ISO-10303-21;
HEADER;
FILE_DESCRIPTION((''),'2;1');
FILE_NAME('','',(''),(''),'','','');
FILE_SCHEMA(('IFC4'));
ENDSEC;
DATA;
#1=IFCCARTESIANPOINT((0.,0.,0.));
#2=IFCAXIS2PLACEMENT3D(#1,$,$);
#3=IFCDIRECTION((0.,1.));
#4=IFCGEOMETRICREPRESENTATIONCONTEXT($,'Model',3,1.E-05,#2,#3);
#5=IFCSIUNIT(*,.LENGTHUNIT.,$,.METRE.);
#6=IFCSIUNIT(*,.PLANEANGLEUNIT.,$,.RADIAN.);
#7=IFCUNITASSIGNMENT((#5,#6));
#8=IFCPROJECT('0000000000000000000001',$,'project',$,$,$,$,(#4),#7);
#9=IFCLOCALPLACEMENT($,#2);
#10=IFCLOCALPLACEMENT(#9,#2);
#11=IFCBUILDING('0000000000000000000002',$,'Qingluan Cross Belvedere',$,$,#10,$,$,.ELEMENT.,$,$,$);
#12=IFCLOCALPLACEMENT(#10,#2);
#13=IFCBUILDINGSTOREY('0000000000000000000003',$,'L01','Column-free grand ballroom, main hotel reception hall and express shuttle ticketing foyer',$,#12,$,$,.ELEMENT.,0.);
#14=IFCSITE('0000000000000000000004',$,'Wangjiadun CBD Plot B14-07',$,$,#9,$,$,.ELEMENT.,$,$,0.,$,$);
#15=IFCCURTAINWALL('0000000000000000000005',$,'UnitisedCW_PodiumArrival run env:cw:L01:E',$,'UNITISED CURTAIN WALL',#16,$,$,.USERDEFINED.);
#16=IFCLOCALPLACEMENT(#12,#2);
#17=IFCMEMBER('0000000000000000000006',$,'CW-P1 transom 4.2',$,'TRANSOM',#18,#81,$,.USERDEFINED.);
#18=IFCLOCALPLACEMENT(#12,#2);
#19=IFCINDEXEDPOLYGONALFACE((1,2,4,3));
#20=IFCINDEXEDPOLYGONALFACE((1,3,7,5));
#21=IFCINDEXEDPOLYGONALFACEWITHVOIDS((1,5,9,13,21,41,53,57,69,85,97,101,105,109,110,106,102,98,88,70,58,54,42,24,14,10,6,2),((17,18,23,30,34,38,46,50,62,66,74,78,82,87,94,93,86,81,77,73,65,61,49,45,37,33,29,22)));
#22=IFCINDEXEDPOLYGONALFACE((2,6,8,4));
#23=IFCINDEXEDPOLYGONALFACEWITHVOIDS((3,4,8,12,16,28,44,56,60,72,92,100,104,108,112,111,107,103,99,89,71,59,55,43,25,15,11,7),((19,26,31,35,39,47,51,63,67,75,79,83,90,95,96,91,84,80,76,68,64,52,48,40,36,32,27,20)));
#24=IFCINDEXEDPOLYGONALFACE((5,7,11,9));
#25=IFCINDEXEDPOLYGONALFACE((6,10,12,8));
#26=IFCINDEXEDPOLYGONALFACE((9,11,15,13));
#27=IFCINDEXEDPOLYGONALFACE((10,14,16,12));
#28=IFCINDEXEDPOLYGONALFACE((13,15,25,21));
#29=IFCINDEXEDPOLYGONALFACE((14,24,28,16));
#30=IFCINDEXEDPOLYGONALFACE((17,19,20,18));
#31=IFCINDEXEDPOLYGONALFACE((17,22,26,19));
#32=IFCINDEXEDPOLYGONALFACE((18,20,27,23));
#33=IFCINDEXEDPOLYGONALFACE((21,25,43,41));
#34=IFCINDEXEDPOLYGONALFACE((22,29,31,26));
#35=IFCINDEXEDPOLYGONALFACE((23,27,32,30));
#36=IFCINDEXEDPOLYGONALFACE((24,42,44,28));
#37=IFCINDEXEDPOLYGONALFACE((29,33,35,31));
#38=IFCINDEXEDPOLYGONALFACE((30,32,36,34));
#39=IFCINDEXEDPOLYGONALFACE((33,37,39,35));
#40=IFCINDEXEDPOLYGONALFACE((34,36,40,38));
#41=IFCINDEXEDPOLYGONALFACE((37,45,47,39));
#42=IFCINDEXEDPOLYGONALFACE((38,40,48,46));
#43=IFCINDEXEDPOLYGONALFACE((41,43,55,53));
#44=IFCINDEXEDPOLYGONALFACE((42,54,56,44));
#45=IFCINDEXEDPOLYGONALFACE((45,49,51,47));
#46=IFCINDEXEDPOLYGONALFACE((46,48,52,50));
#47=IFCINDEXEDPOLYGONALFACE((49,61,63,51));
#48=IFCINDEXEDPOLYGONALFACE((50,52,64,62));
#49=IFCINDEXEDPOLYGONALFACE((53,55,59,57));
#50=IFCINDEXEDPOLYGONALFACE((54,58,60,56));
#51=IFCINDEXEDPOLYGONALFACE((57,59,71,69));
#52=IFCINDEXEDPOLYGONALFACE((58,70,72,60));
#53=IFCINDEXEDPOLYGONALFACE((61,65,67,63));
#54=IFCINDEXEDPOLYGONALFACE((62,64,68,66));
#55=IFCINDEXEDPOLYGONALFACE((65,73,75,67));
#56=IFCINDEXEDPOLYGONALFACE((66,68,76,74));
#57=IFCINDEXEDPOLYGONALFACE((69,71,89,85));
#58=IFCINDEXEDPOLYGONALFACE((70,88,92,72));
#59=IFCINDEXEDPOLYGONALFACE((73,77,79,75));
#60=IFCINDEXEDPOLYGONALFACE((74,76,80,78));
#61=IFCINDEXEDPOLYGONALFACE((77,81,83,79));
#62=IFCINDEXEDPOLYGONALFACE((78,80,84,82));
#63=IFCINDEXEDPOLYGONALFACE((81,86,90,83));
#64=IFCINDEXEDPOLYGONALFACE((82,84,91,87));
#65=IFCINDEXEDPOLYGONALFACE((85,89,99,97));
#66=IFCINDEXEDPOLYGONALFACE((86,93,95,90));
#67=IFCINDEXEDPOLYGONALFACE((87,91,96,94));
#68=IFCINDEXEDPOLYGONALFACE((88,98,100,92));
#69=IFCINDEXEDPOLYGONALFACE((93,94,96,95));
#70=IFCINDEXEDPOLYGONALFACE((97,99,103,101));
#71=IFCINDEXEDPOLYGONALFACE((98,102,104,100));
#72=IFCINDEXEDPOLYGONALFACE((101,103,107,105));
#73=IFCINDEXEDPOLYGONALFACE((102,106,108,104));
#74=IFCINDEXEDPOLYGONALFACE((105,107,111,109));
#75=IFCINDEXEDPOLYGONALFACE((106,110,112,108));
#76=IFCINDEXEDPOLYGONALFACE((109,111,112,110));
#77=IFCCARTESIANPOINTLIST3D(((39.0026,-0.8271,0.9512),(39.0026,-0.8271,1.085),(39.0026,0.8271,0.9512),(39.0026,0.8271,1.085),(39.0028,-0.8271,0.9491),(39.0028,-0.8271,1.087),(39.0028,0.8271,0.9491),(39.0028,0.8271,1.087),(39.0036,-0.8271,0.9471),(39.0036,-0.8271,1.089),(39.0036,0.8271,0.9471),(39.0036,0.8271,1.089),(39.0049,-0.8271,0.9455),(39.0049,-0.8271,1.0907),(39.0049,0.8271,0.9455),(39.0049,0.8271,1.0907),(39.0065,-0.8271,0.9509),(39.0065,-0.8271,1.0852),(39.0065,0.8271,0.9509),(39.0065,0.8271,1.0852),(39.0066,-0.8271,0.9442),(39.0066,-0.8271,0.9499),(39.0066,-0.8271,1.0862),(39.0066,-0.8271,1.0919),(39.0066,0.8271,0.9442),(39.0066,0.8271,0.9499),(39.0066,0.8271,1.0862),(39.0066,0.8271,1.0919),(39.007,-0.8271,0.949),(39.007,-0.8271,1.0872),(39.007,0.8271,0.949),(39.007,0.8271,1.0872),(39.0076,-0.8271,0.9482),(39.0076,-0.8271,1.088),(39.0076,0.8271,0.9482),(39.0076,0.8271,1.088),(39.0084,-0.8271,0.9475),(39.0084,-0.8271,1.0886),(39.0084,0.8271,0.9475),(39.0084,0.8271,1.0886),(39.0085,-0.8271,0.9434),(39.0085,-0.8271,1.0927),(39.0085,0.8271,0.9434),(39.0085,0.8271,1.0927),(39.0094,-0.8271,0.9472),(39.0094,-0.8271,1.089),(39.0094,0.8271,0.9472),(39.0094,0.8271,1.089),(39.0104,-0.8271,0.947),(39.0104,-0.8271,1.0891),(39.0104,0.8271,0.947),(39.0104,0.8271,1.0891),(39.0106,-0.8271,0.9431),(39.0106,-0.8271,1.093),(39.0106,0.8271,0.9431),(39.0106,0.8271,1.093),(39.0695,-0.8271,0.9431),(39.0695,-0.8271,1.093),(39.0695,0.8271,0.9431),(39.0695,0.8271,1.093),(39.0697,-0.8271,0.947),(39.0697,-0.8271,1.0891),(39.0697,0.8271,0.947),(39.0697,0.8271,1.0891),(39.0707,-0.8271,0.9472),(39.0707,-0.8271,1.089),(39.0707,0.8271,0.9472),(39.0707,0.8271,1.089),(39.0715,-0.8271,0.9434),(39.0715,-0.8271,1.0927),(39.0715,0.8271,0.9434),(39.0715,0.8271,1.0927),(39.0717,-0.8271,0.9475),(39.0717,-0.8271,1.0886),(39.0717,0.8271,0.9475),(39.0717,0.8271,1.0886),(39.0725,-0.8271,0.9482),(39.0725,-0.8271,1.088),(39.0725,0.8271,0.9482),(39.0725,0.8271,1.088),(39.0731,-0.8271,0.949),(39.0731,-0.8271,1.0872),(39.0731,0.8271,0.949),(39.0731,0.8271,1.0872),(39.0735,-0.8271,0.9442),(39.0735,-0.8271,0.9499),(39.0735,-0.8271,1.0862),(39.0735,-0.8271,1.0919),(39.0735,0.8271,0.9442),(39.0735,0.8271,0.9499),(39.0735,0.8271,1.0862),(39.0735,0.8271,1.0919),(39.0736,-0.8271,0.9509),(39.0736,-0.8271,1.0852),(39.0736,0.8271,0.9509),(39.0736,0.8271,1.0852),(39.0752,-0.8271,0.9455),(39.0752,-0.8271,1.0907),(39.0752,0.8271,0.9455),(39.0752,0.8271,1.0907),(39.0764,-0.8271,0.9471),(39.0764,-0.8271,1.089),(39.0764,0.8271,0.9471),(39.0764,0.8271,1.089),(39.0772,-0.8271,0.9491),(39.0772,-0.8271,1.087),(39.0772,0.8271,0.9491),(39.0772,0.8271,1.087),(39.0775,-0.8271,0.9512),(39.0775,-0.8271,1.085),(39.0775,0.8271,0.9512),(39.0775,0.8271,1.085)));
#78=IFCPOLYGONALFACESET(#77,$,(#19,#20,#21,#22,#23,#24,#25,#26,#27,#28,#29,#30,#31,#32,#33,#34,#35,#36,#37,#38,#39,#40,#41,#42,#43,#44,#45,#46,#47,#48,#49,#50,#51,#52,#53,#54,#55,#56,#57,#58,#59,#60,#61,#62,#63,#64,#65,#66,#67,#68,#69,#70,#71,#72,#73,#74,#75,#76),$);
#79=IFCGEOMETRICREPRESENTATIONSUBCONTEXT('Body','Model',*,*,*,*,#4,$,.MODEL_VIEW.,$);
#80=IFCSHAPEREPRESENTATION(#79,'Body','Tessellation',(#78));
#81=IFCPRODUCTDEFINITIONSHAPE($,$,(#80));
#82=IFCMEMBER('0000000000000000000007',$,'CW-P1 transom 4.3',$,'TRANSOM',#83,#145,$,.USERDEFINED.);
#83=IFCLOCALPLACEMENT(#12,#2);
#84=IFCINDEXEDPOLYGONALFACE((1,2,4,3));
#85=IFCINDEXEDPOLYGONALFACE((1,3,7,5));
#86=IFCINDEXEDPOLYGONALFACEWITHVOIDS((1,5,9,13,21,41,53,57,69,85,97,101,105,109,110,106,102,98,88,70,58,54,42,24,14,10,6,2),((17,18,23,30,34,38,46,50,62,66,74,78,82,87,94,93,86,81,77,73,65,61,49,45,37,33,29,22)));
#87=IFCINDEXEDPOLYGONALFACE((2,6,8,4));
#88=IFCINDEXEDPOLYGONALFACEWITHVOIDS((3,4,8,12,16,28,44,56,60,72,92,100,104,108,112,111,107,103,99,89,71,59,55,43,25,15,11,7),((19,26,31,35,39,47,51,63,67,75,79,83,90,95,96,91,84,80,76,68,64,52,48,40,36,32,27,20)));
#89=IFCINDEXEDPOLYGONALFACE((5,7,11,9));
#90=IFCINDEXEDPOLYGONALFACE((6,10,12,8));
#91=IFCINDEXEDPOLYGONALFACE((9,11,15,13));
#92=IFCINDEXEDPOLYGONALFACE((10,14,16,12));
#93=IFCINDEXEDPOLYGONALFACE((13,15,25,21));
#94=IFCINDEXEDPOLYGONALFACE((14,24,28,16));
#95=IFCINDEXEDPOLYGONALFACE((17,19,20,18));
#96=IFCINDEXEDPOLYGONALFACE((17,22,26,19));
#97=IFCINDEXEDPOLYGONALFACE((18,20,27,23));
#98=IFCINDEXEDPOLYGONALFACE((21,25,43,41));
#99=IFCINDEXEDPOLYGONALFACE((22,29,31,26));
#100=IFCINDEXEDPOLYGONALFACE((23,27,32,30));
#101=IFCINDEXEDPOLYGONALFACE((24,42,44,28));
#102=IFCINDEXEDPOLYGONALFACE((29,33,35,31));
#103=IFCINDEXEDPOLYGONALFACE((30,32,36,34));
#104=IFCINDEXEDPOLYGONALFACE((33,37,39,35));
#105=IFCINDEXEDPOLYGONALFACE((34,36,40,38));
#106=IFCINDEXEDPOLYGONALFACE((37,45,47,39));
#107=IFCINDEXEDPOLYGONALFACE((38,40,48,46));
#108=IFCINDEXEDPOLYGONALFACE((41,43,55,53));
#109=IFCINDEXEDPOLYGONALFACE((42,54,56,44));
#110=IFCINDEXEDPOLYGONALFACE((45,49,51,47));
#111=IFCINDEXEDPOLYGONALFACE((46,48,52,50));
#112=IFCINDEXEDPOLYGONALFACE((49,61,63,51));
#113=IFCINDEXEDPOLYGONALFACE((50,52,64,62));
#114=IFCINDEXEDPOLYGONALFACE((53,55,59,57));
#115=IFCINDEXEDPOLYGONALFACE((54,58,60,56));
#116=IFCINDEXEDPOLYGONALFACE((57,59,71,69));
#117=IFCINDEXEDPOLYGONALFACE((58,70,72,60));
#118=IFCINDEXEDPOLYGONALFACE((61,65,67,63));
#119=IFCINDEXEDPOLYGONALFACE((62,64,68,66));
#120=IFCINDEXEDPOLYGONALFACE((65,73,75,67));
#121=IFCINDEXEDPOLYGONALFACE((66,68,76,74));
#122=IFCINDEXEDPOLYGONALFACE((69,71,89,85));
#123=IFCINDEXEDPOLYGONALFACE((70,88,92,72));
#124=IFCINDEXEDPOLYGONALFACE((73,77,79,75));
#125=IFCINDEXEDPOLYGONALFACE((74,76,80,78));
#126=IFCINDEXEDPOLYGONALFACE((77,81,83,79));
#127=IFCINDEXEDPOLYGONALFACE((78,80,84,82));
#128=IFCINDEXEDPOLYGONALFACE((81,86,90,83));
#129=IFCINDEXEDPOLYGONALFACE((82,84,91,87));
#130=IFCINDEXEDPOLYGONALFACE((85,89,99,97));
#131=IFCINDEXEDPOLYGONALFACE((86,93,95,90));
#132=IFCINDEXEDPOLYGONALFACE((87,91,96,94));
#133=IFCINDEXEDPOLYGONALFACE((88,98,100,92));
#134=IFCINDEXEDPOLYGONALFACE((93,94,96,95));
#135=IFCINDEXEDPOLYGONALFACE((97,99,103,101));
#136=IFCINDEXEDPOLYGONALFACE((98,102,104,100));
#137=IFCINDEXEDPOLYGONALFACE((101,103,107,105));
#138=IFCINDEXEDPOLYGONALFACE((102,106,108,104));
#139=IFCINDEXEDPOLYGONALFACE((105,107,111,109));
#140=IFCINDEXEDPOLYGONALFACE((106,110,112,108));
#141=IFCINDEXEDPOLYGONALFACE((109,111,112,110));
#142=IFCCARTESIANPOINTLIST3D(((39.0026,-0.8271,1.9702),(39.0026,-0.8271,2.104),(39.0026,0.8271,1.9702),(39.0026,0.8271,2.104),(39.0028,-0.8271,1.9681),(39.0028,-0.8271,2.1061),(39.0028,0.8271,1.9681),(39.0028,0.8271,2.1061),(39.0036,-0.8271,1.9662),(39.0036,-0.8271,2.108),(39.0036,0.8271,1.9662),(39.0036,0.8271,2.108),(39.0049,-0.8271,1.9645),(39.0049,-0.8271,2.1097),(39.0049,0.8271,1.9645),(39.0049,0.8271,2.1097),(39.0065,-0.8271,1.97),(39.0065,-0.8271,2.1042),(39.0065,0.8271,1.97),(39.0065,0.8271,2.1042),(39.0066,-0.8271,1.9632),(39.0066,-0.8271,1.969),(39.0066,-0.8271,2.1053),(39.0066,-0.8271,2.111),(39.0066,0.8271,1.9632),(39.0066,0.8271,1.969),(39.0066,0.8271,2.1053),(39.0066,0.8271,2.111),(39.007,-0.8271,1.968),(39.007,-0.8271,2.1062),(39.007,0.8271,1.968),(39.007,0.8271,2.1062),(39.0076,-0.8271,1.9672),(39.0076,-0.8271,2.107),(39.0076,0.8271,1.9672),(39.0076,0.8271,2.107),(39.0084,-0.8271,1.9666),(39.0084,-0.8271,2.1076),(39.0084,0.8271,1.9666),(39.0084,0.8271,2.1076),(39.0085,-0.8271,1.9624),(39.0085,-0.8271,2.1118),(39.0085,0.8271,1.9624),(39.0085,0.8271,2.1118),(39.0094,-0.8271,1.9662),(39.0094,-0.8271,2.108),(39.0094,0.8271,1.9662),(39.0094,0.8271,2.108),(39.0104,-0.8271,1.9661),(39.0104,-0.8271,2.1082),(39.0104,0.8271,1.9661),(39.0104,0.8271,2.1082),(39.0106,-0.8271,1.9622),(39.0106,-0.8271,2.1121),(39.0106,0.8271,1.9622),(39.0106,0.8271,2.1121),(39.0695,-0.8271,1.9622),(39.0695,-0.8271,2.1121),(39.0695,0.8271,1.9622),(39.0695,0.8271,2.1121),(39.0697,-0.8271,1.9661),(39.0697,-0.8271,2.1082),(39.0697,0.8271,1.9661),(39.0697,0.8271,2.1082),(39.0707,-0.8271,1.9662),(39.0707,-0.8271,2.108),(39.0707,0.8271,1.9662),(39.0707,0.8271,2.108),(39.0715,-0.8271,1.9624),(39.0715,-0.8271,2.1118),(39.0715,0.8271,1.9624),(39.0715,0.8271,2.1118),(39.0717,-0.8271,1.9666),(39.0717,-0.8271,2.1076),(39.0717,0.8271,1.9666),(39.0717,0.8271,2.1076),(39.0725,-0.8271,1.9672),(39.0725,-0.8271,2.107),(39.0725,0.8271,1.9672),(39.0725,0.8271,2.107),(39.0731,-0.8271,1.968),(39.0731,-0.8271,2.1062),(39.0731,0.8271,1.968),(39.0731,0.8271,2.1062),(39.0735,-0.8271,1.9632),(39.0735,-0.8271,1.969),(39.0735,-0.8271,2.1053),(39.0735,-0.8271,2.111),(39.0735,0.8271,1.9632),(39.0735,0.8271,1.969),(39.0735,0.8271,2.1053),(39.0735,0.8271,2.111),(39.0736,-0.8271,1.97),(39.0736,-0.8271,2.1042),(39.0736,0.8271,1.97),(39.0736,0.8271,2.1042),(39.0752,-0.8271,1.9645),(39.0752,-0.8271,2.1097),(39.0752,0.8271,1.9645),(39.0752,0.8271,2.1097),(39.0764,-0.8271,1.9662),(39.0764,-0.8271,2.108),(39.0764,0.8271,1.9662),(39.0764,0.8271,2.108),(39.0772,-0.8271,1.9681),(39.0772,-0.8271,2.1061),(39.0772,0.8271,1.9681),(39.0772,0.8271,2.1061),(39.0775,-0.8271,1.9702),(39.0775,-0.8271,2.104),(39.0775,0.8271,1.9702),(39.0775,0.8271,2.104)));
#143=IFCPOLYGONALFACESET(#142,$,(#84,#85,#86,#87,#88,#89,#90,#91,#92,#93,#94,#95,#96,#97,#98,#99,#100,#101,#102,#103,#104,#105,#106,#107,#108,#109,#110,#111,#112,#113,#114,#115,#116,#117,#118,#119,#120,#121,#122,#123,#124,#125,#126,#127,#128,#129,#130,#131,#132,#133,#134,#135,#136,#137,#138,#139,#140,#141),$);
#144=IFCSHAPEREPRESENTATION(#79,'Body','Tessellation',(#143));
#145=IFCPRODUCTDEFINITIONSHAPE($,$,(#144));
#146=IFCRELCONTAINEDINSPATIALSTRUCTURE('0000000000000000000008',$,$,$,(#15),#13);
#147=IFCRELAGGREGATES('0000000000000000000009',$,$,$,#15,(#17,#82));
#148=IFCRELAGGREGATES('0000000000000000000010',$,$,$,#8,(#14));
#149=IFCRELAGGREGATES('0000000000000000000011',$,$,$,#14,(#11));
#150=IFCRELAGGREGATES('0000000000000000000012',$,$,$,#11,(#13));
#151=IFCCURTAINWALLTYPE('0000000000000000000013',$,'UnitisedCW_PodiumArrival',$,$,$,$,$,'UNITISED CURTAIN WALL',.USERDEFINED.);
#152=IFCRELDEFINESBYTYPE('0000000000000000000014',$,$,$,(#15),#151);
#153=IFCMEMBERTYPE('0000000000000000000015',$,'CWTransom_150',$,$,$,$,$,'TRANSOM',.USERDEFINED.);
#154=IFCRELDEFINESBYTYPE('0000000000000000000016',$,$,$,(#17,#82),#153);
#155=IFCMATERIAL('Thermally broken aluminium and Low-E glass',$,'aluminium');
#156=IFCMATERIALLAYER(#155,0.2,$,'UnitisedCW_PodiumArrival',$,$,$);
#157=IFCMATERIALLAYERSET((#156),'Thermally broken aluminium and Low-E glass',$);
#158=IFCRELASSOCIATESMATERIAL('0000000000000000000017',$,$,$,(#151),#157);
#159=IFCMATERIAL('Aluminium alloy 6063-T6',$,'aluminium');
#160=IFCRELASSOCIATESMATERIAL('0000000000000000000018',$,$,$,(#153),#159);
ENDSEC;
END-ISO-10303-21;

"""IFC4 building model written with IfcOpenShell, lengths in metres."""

from ifc_helpers import new_model, si_unit, direction, frame, origin, origin_2d, place, context, subcontext, project, spatial, hollow_rectangle, extrude, material, layer, layer_set, material_profile, profile_set, type_object, element, aggregate, save


model = new_model("IFC4")

# Units and contexts
model_context = context("Model", 3, precision=1e-05, world=origin(), true_north=direction((0.0, 1.0)))
body_context = subcontext(model_context, "Body", "Model", "MODEL_VIEW")
ifc_project = project(units=[si_unit("LENGTHUNIT", "METRE"), si_unit("PLANEANGLEUNIT", "RADIAN")], contexts=[model_context])

# Site, building, storey
site_placement = place(None, origin())
site = spatial("IfcSite", under=ifc_project, at=site_placement, Name="Wangjiadun CBD Plot B14-07", CompositionType="ELEMENT", RefElevation=0.0)
building_placement = place(site_placement, origin())
building = spatial("IfcBuilding", under=site, at=building_placement, Name="Qingluan Cross Belvedere", CompositionType="ELEMENT")
storey_placement = place(building_placement, origin())
storey = spatial("IfcBuildingStorey", under=building, at=storey_placement, Name="L01", Description="Column-free grand ballroom, main hotel reception hall and express shuttle ticketing foyer", CompositionType="ELEMENT", Elevation=0.0)

# Curtain wall, members
ifc_material_1 = material(Name="Thermally broken aluminium and Low-E glass", Category="aluminium")
ifc_layer_1 = layer(ifc_material_1, 0.2, Name="UnitisedCW_PodiumArrival")
ifc_layer_set_1 = layer_set([ifc_layer_1], Name="Thermally broken aluminium and Low-E glass")
curtain_wall_type = type_object("IfcCurtainWallType", Name="UnitisedCW_PodiumArrival", ElementType="UNITISED CURTAIN WALL", PredefinedType="USERDEFINED", material=ifc_layer_set_1)
curtain_wall_placement = place(storey_placement, origin())
curtain_wall = element("IfcCurtainWall", 1, at=curtain_wall_placement, inside=storey, type_object=curtain_wall_type, Name="UnitisedCW_PodiumArrival run env:cw:L01:E", ObjectType="UNITISED CURTAIN WALL", PredefinedType="USERDEFINED")
ifc_material_2 = material(Name="Aluminium alloy 6063-T6", Category="aluminium")
ifc_material_profile_1 = material_profile(ifc_material_2, hollow_rectangle(XDim=0.075, YDim=0.1499, WallThickness=0.0039, InnerFilletRadius=0.0039, OuterFilletRadius=0.0081, at=origin_2d()), Name="CWT150x75x4")
ifc_profile_set_1 = profile_set([ifc_material_profile_1], Name="Aluminium alloy 6063-T6")
member_type_1 = type_object("IfcMemberType", Name="CWTransom_150", ElementType="TRANSOM", PredefinedType="USERDEFINED", material=ifc_profile_set_1)
member_1_placement = place(storey_placement, frame((39.04, 0.8271, 1.0181), z_axis=(0.0, -1.0, 0.0), x_axis=(1.0, 0.0, 0.0)))
member_1 = element("IfcMember", 2, at=member_1_placement, type_object=member_type_1, Name="CW-P1 transom 4.2", ObjectType="TRANSOM", PredefinedType="USERDEFINED", context=body_context, shape_type="SweptSolid", body=[
    extrude(hollow_rectangle(XDim=0.075, YDim=0.1499, WallThickness=0.0039, InnerFilletRadius=0.0039, OuterFilletRadius=0.0081, at=origin_2d()), origin(), (0.0, 0.0, 1.0), 1.6543),
])
member_2_placement = place(storey_placement, frame((39.04, 0.8271, 2.0371), z_axis=(0.0, -1.0, 0.0), x_axis=(1.0, 0.0, 0.0)))
member_2 = element("IfcMember", 3, at=member_2_placement, type_object=member_type_1, Name="CW-P1 transom 4.3", ObjectType="TRANSOM", PredefinedType="USERDEFINED", context=body_context, shape_type="SweptSolid", body=[
    extrude(hollow_rectangle(XDim=0.075, YDim=0.1499, WallThickness=0.0039, InnerFilletRadius=0.0039, OuterFilletRadius=0.0081, at=origin_2d()), origin(), (0.0, 0.0, 1.0), 1.6543),
])
aggregate(curtain_wall, [member_1, member_2])

save(model, "model.ifc")
